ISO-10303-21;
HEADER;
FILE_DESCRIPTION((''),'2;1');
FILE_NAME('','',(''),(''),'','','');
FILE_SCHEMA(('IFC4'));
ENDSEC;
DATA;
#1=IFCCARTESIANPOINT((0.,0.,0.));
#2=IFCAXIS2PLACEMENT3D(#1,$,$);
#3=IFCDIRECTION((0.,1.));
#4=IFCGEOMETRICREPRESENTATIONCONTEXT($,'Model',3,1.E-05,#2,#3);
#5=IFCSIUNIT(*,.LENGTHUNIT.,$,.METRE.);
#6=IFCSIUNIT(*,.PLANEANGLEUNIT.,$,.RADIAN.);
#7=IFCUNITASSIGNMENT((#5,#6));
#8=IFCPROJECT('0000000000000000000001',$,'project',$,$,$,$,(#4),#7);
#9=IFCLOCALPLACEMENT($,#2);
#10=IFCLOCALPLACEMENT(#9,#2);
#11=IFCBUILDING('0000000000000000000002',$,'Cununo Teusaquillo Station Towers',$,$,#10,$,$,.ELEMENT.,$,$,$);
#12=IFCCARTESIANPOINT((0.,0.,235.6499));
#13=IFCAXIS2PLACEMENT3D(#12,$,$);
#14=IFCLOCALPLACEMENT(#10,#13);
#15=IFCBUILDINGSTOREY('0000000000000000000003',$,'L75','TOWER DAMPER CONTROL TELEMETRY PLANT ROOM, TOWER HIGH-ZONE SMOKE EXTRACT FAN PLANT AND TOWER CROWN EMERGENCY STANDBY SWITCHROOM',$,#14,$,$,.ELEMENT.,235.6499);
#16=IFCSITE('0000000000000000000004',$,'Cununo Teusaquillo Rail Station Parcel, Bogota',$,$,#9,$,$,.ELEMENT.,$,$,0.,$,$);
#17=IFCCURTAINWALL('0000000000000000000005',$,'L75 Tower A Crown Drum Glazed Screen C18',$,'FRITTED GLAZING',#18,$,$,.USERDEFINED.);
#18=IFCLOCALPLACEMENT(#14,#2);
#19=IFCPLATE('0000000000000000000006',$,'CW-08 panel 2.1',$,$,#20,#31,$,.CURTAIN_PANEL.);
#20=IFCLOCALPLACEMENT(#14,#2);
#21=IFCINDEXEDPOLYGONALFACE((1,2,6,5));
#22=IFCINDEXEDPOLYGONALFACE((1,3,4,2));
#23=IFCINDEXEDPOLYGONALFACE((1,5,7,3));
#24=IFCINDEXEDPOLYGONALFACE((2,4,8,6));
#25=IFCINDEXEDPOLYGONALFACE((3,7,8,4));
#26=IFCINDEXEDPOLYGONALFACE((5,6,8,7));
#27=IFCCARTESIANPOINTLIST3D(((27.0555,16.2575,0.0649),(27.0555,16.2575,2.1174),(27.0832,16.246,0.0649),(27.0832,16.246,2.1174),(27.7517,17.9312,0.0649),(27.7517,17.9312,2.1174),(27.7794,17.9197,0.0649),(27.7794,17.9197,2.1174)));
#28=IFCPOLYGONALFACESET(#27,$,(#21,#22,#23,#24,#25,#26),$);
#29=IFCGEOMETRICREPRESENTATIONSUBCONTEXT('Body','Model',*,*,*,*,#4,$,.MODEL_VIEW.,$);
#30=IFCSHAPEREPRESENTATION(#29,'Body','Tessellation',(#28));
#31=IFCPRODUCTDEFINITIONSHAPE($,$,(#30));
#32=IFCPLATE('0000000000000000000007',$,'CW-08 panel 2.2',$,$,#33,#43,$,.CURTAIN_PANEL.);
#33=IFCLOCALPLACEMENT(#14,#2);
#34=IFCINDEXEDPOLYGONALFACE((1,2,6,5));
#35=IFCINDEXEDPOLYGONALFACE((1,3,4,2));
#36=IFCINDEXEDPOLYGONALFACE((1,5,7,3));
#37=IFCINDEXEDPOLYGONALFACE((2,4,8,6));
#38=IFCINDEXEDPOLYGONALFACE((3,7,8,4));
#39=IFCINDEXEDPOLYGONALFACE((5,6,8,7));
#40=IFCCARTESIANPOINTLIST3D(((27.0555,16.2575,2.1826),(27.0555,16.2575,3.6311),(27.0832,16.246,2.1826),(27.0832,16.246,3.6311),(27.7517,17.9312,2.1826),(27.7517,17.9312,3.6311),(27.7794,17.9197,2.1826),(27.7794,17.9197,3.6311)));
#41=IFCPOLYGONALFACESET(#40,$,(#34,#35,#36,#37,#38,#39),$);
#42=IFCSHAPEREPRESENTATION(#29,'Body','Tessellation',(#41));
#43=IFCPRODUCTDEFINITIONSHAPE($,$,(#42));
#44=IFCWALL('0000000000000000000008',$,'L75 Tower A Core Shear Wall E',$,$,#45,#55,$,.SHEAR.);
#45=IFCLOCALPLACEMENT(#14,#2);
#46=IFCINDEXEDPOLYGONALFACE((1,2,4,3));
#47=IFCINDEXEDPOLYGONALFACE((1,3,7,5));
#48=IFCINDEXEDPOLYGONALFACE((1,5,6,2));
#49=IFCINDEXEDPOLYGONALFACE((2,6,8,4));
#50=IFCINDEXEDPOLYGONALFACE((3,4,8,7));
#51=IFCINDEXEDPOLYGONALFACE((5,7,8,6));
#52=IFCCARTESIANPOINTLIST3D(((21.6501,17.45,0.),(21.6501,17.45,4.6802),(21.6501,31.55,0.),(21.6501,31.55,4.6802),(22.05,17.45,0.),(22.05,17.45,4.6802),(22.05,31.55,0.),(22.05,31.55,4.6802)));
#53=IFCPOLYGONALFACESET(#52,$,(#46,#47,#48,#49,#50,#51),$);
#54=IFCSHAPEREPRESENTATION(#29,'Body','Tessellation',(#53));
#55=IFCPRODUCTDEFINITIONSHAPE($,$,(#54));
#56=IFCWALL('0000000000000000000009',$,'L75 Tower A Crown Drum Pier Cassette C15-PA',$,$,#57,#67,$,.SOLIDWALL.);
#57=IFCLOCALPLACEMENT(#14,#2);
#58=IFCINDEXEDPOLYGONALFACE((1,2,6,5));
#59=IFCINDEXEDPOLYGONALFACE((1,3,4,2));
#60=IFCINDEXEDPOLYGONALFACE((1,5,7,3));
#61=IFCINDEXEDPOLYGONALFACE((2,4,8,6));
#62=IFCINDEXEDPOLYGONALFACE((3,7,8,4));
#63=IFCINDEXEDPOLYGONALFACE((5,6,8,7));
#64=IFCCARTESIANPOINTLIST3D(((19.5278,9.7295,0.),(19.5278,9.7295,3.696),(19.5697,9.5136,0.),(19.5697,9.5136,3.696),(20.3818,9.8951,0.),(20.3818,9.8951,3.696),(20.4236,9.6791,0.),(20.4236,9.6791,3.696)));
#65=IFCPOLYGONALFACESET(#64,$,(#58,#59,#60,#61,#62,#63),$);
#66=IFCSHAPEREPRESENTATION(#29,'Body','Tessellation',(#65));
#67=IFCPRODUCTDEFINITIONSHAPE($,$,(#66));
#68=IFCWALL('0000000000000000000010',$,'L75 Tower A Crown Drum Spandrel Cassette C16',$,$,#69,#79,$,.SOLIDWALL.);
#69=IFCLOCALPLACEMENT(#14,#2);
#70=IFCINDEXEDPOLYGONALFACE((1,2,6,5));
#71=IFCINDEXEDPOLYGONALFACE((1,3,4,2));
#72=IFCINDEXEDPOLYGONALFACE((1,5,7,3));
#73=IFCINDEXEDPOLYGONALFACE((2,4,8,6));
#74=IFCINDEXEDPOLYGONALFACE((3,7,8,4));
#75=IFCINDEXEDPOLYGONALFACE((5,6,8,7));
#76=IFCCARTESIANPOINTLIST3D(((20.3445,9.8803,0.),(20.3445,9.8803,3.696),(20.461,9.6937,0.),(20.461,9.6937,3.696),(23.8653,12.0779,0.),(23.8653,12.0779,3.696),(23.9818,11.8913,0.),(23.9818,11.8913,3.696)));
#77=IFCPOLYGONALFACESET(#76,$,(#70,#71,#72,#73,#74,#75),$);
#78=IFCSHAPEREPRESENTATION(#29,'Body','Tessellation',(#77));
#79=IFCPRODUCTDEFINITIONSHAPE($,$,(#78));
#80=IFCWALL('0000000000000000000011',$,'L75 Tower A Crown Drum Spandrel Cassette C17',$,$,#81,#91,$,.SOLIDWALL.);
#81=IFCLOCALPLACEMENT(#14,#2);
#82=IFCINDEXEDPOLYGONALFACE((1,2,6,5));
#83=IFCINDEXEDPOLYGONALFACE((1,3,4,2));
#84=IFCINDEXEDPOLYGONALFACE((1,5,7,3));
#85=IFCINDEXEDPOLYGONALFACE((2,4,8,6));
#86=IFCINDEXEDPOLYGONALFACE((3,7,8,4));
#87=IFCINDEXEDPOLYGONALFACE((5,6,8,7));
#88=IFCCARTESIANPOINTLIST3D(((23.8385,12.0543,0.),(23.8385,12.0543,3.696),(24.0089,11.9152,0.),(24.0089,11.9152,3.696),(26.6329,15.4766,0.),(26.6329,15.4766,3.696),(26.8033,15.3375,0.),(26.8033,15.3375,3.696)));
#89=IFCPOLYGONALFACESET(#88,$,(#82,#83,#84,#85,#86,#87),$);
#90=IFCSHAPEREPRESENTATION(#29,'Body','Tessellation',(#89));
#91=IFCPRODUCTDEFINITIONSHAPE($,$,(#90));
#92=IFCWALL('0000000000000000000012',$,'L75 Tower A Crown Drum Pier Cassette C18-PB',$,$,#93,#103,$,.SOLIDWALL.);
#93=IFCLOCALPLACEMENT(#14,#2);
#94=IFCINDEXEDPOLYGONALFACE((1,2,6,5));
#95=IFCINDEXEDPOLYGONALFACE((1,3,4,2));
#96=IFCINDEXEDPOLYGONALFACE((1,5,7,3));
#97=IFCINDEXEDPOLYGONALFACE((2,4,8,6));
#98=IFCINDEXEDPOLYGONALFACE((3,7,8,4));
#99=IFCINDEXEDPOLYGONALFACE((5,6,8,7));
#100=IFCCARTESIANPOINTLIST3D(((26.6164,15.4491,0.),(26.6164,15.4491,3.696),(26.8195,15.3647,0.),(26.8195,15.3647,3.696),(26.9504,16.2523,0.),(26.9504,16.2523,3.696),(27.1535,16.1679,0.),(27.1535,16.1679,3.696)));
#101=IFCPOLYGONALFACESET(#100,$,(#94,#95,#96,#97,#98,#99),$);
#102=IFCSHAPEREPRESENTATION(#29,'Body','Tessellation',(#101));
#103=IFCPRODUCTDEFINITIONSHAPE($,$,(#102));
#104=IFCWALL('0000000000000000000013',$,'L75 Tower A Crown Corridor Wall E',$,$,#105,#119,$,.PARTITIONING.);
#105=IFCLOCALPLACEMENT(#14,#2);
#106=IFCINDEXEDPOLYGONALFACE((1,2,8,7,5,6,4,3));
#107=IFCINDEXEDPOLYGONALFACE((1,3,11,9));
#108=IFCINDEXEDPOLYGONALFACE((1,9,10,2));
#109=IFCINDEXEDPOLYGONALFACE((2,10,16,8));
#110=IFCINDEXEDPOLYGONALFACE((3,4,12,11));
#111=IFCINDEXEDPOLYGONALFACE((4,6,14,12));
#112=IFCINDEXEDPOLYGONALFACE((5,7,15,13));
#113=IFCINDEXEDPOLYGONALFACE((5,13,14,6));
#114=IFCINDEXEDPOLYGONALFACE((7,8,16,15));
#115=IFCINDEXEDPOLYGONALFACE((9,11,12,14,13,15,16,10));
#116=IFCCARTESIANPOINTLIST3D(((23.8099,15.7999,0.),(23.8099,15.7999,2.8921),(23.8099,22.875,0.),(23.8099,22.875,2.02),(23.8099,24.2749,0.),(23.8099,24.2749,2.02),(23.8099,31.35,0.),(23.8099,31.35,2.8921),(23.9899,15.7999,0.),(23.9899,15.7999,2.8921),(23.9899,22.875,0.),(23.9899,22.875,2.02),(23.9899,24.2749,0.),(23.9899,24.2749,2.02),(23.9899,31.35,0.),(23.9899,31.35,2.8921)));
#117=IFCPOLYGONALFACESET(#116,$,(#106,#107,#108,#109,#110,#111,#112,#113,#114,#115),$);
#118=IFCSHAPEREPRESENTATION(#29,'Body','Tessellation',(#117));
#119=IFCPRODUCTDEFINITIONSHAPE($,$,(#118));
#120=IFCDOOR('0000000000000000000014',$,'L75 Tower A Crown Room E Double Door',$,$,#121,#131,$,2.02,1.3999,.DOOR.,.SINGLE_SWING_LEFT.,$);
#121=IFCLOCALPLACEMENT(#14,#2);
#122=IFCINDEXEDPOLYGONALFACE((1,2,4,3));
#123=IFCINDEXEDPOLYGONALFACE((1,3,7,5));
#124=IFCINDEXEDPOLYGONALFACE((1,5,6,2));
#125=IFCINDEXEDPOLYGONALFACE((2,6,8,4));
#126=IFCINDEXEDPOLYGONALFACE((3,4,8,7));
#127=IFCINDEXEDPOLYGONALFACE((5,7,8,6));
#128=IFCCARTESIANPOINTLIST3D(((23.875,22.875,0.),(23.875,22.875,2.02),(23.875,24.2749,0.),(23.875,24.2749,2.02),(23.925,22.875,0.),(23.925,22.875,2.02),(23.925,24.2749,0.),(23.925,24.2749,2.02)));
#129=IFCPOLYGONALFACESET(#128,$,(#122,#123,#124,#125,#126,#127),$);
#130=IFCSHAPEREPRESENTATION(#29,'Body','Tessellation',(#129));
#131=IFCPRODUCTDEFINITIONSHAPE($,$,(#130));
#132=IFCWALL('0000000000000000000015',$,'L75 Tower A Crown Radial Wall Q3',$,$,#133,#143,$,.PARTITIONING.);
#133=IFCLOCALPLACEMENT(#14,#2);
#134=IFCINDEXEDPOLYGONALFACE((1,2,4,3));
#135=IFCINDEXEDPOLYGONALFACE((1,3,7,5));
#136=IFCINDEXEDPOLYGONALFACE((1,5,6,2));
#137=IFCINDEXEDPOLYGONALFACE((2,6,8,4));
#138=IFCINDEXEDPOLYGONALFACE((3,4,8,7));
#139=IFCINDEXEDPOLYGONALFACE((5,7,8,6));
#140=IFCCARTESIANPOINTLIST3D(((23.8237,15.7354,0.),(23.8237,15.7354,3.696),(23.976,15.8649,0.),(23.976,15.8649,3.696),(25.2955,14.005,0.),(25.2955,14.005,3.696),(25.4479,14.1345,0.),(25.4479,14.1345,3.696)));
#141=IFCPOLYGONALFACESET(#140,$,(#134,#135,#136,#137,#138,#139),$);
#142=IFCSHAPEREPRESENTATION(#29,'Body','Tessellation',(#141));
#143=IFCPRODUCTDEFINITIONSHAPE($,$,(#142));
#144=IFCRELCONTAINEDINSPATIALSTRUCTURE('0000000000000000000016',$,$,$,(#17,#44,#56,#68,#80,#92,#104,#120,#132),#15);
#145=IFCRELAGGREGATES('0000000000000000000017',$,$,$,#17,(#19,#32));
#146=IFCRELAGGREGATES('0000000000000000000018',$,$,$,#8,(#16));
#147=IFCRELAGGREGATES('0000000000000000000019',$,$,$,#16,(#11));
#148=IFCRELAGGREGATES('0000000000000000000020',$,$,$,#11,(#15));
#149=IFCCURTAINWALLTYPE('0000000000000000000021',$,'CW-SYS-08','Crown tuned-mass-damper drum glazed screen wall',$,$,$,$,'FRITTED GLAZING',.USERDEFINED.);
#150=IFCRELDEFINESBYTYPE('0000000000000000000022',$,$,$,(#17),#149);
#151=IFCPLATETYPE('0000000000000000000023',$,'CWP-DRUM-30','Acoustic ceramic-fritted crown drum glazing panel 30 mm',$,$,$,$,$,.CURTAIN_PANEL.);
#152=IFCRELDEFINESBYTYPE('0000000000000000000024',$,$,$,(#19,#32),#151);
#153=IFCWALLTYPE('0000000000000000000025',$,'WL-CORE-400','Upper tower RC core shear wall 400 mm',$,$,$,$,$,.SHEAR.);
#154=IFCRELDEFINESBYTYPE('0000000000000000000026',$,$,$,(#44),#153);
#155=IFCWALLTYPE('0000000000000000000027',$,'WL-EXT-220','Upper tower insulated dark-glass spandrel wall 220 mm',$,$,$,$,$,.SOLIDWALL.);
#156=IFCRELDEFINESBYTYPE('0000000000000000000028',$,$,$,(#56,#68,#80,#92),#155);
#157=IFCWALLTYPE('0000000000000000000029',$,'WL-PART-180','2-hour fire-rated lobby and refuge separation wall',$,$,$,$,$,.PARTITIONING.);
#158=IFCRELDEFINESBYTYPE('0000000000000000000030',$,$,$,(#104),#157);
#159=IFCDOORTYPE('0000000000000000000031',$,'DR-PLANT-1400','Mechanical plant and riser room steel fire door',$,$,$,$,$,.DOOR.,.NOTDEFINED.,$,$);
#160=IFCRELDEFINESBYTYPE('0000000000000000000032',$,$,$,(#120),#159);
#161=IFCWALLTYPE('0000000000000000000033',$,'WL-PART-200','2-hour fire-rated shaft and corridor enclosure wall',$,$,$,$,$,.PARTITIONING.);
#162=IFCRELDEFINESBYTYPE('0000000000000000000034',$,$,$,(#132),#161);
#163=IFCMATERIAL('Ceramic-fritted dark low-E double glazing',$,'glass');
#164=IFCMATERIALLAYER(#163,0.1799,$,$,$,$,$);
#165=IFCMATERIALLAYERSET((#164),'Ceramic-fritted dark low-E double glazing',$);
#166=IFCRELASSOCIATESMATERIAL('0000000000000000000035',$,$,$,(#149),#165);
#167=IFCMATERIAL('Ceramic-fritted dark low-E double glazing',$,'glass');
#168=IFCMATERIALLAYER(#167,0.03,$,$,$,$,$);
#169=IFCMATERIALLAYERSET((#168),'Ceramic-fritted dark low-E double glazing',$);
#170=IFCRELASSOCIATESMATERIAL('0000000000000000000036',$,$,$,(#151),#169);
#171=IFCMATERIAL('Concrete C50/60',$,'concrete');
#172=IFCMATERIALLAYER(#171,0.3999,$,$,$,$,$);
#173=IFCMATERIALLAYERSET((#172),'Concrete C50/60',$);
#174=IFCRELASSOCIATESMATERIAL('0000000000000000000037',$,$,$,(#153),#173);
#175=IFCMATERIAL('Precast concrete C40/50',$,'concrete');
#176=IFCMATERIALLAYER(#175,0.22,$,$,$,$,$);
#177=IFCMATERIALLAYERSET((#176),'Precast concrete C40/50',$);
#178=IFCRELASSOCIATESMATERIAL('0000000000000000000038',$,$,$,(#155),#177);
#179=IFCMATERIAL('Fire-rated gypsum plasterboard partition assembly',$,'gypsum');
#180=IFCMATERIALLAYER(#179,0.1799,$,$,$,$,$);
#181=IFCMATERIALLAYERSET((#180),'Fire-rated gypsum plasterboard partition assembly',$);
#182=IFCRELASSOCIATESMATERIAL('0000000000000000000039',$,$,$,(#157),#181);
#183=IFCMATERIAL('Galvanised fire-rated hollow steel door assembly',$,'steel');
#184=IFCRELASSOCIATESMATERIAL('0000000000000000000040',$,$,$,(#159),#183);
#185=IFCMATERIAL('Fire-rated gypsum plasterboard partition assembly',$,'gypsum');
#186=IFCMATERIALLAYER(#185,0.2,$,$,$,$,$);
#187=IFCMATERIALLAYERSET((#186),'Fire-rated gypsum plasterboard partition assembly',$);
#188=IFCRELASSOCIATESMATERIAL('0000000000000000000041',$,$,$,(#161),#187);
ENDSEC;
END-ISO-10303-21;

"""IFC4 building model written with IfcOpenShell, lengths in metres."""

from ifc_helpers import new_model, si_unit, direction, frame, frame_2d, origin, origin_2d, place, context, subcontext, project, spatial, rectangle, extrude, source, transform, mapped, material, layer, layer_set, type_object, element, fill, aggregate, save


model = new_model("IFC4")

# Units and contexts
model_context = context("Model", 3, precision=1e-05, world=origin(), true_north=direction((0.0, 1.0)))
body_context = subcontext(model_context, "Body", "Model", "MODEL_VIEW")
ifc_project = project(units=[si_unit("LENGTHUNIT", "METRE"), si_unit("PLANEANGLEUNIT", "RADIAN")], contexts=[model_context])

# Site, building, storey
site_placement = place(None, origin())
site = spatial("IfcSite", under=ifc_project, at=site_placement, Name="Cununo Teusaquillo Rail Station Parcel, Bogota", CompositionType="ELEMENT", RefElevation=0.0)
building_placement = place(site_placement, origin())
building = spatial("IfcBuilding", under=site, at=building_placement, Name="Cununo Teusaquillo Station Towers", CompositionType="ELEMENT")
storey_placement = place(building_placement, frame((0.0, 0.0, 235.6499)))
storey = spatial("IfcBuildingStorey", under=building, at=storey_placement, Name="L75", Description="TOWER DAMPER CONTROL TELEMETRY PLANT ROOM, TOWER HIGH-ZONE SMOKE EXTRACT FAN PLANT AND TOWER CROWN EMERGENCY STANDBY SWITCHROOM", CompositionType="ELEMENT", Elevation=235.6499)

# Curtain wall
ifc_material_1 = material(Name="Ceramic-fritted dark low-E double glazing", Category="glass")
ifc_layer_1 = layer(ifc_material_1, 0.1799)
ifc_layer_set_1 = layer_set([ifc_layer_1], Name="Ceramic-fritted dark low-E double glazing")
curtain_wall_type = type_object("IfcCurtainWallType", Name="CW-SYS-08", Description="Crown tuned-mass-damper drum glazed screen wall", ElementType="FRITTED GLAZING", PredefinedType="USERDEFINED", material=ifc_layer_set_1)
curtain_wall_1_placement = place(storey_placement, origin())
curtain_wall_1 = element("IfcCurtainWall", 1, at=curtain_wall_1_placement, inside=storey, type_object=curtain_wall_type, Name="L75 Tower A Crown Drum Glazed Screen C18", ObjectType="FRITTED GLAZING", PredefinedType="USERDEFINED")

# Plates
ifc_material_2 = material(Name="Ceramic-fritted dark low-E double glazing", Category="glass")
ifc_layer_2 = layer(ifc_material_2, 0.03)
ifc_layer_set_2 = layer_set([ifc_layer_2], Name="Ceramic-fritted dark low-E double glazing")
plate_type_1 = type_object("IfcPlateType", Name="CWP-DRUM-30", Description="Acoustic ceramic-fritted crown drum glazing panel 30 mm", PredefinedType="CURTAIN_PANEL", material=ifc_layer_set_2)
shared_shape_1 = source(origin(), body_context, "Body", "SweptSolid", [
    extrude(rectangle(XDim=1.8127, YDim=0.03, at=origin_2d()), origin(), (0.0, 0.0, 1.0), 2.0525),
])
plate_1_placement = place(storey_placement, frame((27.4175, 17.0886, 0.0649), z_axis=(0.0, 0.0, 1.0), x_axis=(-0.384063, -0.923307, 0.0)))
plate_1 = element("IfcPlate", 2, at=plate_1_placement, type_object=plate_type_1, Name="CW-08 panel 2.1", PredefinedType="CURTAIN_PANEL", context=body_context, shape_type="MappedRepresentation", body=[
    mapped(shared_shape_1, transform((0.0, 0.0, 0.0), x_axis=(1.0, 0.0, 0.0), y_axis=(0.0, 1.0, 0.0), z_axis=(0.0, 0.0, 1.0), scale=1.0)),
])
shared_shape_2 = source(origin(), body_context, "Body", "SweptSolid", [
    extrude(rectangle(XDim=1.8127, YDim=0.03, at=origin_2d()), origin(), (0.0, 0.0, 1.0), 1.4485),
])
plate_2_placement = place(storey_placement, frame((27.4175, 17.0886, 2.1826), z_axis=(0.0, 0.0, 1.0), x_axis=(-0.384063, -0.923307, 0.0)))
plate_2 = element("IfcPlate", 3, at=plate_2_placement, type_object=plate_type_1, Name="CW-08 panel 2.2", PredefinedType="CURTAIN_PANEL", context=body_context, shape_type="MappedRepresentation", body=[
    mapped(shared_shape_2, transform((0.0, 0.0, 0.0), x_axis=(1.0, 0.0, 0.0), y_axis=(0.0, 1.0, 0.0), z_axis=(0.0, 0.0, 1.0), scale=1.0)),
])
aggregate(curtain_wall_1, [plate_1, plate_2])

# Walls
ifc_material_3 = material(Name="Concrete C50/60", Category="concrete")
ifc_layer_3 = layer(ifc_material_3, 0.3999)
ifc_layer_set_3 = layer_set([ifc_layer_3], Name="Concrete C50/60")
wall_type_1 = type_object("IfcWallType", Name="WL-CORE-400", Description="Upper tower RC core shear wall 400 mm", PredefinedType="SHEAR", material=ifc_layer_set_3)
wall_1_placement = place(storey_placement, frame((21.8501, 17.45, 0.0), z_axis=(0.0, 0.0, 1.0), x_axis=(0.0, 1.0, 0.0)))
element("IfcWall", 4, at=wall_1_placement, inside=storey, type_object=wall_type_1, Name="L75 Tower A Core Shear Wall E", PredefinedType="SHEAR", context=body_context, shape_type="SweptSolid", body=[
    extrude(rectangle(XDim=14.1001, YDim=0.3999, at=frame_2d((7.05, 0.0))), origin(), (0.0, 0.0, 1.0), 4.6802),
])
ifc_material_4 = material(Name="Precast concrete C40/50", Category="concrete")
ifc_layer_4 = layer(ifc_material_4, 0.22)
ifc_layer_set_4 = layer_set([ifc_layer_4], Name="Precast concrete C40/50")
wall_type_2 = type_object("IfcWallType", Name="WL-EXT-220", Description="Upper tower insulated dark-glass spandrel wall 220 mm", PredefinedType="SOLIDWALL", material=ifc_layer_set_4)
wall_2_placement = place(storey_placement, frame((20.4028, 9.7871, 0.0), z_axis=(0.0, 0.0, 1.0), x_axis=(-0.981729, -0.190284, 0.0)))
element("IfcWall", 5, at=wall_2_placement, inside=storey, type_object=wall_type_2, Name="L75 Tower A Crown Drum Pier Cassette C15-PA", PredefinedType="SOLIDWALL", context=body_context, shape_type="SweptSolid", body=[
    extrude(rectangle(XDim=0.8699, YDim=0.22, at=frame_2d((0.4351, 0.0))), origin(), (0.0, 0.0, 1.0), 3.696),
])
wall_3_placement = place(storey_placement, frame((23.9236, 11.9846, 0.0), z_axis=(0.0, 0.0, 1.0), x_axis=(-0.848319, -0.529486, 0.0)))
element("IfcWall", 6, at=wall_3_placement, inside=storey, type_object=wall_type_2, Name="L75 Tower A Crown Drum Spandrel Cassette C16", PredefinedType="SOLIDWALL", context=body_context, shape_type="SweptSolid", body=[
    extrude(rectangle(XDim=4.1504, YDim=0.22, at=frame_2d((2.0752, 0.0))), origin(), (0.0, 0.0, 1.0), 3.696),
])
wall_4_placement = place(storey_placement, frame((26.718, 15.407, 0.0), z_axis=(0.0, 0.0, 1.0), x_axis=(-0.632467, -0.774587, 0.0)))
element("IfcWall", 7, at=wall_4_placement, inside=storey, type_object=wall_type_2, Name="L75 Tower A Crown Drum Spandrel Cassette C17", PredefinedType="SOLIDWALL", context=body_context, shape_type="SweptSolid", body=[
    extrude(rectangle(XDim=4.4182, YDim=0.22, at=frame_2d((2.209, 0.0))), origin(), (0.0, 0.0, 1.0), 3.696),
])
wall_5_placement = place(storey_placement, frame((27.052, 16.2102, 0.0), z_axis=(0.0, 0.0, 1.0), x_axis=(-0.383938, -0.923359, 0.0)))
element("IfcWall", 8, at=wall_5_placement, inside=storey, type_object=wall_type_2, Name="L75 Tower A Crown Drum Pier Cassette C18-PB", PredefinedType="SOLIDWALL", context=body_context, shape_type="SweptSolid", body=[
    extrude(rectangle(XDim=0.8699, YDim=0.22, at=frame_2d((0.4351, 0.0))), origin(), (0.0, 0.0, 1.0), 3.696),
])

# Wall, opening, door
ifc_material_5 = material(Name="Fire-rated gypsum plasterboard partition assembly", Category="gypsum")
ifc_layer_5 = layer(ifc_material_5, 0.1799)
ifc_layer_set_5 = layer_set([ifc_layer_5], Name="Fire-rated gypsum plasterboard partition assembly")
wall_type_3 = type_object("IfcWallType", Name="WL-PART-180", Description="2-hour fire-rated lobby and refuge separation wall", PredefinedType="PARTITIONING", material=ifc_layer_set_5)
wall_6_placement = place(storey_placement, frame((23.8999, 15.8, 0.0), z_axis=(0.0, 0.0, 1.0), x_axis=(0.0, 1.0, 0.0)))
wall_6 = element("IfcWall", 9, at=wall_6_placement, inside=storey, type_object=wall_type_3, Name="L75 Tower A Crown Corridor Wall E", PredefinedType="PARTITIONING", context=body_context, shape_type="SweptSolid", body=[
    extrude(rectangle(XDim=15.55, YDim=0.1799, at=frame_2d((7.7749, 0.0))), origin(), (0.0, 0.0, 1.0), 2.8921),
])
shared_shape_3 = source(origin(), body_context, "Body", "SweptSolid", [
    extrude(rectangle(XDim=1.3999, YDim=2.02, at=frame_2d((0.7, 1.01))), frame((0.0, 0.0999, 0.0), z_axis=(0.0, -1.0, 0.0), x_axis=(1.0, 0.0, 0.0)), (0.0, 0.0, 1.0), 0.2),
])
opening_placement = place(wall_6_placement, frame((7.075, 0.0, 0.0)))
opening = element("IfcOpeningElement", 10, at=opening_placement, cuts=wall_6, PredefinedType="OPENING", context=body_context, shape_type="MappedRepresentation", body=[
    mapped(shared_shape_3, transform((0.0, 0.0, 0.0), x_axis=(1.0, 0.0, 0.0), y_axis=(0.0, 1.0, 0.0), z_axis=(0.0, 0.0, 1.0), scale=1.0)),
])
ifc_material_6 = material(Name="Galvanised fire-rated hollow steel door assembly", Category="steel")
door_type = type_object("IfcDoorType", Name="DR-PLANT-1400", Description="Mechanical plant and riser room steel fire door", OperationType="NOTDEFINED", PredefinedType="DOOR", material=ifc_material_6)
shared_shape_4 = source(origin(), body_context, "Body", "SweptSolid", [
    extrude(rectangle(XDim=1.3999, YDim=2.02, at=frame_2d((0.7, 1.01))), frame((0.0, 0.0249, 0.0), z_axis=(0.0, -1.0, 0.0), x_axis=(1.0, 0.0, 0.0)), (0.0, 0.0, 1.0), 0.05),
])
door_placement = place(opening_placement, origin())
door = element("IfcDoor", 11, at=door_placement, inside=storey, type_object=door_type, Name="L75 Tower A Crown Room E Double Door", OperationType="SINGLE_SWING_LEFT", OverallHeight=2.02, OverallWidth=1.3999, PredefinedType="DOOR", context=body_context, shape_type="MappedRepresentation", body=[
    mapped(shared_shape_4, transform((0.0, 0.0, 0.0), x_axis=(1.0, 0.0, 0.0), y_axis=(0.0, 1.0, 0.0), z_axis=(0.0, 0.0, 1.0), scale=1.0)),
])
fill(opening, door)

# Wall
ifc_material_7 = material(Name="Fire-rated gypsum plasterboard partition assembly", Category="gypsum")
ifc_layer_6 = layer(ifc_material_7, 0.2)
ifc_layer_set_6 = layer_set([ifc_layer_6], Name="Fire-rated gypsum plasterboard partition assembly")
wall_type_4 = type_object("IfcWallType", Name="WL-PART-200", Description="2-hour fire-rated shaft and corridor enclosure wall", PredefinedType="PARTITIONING", material=ifc_layer_set_6)
wall_7_placement = place(storey_placement, frame((23.8999, 15.8, 0.0), z_axis=(0.0, 0.0, 1.0), x_axis=(0.64791, -0.761717, 0.0)))
element("IfcWall", 12, at=wall_7_placement, inside=storey, type_object=wall_type_4, Name="L75 Tower A Crown Radial Wall Q3", PredefinedType="PARTITIONING", context=body_context, shape_type="SweptSolid", body=[
    extrude(rectangle(XDim=2.2717, YDim=0.2, at=frame_2d((1.1357, 0.0))), origin(), (0.0, 0.0, 1.0), 3.696),
])

save(model, "model.ifc")
